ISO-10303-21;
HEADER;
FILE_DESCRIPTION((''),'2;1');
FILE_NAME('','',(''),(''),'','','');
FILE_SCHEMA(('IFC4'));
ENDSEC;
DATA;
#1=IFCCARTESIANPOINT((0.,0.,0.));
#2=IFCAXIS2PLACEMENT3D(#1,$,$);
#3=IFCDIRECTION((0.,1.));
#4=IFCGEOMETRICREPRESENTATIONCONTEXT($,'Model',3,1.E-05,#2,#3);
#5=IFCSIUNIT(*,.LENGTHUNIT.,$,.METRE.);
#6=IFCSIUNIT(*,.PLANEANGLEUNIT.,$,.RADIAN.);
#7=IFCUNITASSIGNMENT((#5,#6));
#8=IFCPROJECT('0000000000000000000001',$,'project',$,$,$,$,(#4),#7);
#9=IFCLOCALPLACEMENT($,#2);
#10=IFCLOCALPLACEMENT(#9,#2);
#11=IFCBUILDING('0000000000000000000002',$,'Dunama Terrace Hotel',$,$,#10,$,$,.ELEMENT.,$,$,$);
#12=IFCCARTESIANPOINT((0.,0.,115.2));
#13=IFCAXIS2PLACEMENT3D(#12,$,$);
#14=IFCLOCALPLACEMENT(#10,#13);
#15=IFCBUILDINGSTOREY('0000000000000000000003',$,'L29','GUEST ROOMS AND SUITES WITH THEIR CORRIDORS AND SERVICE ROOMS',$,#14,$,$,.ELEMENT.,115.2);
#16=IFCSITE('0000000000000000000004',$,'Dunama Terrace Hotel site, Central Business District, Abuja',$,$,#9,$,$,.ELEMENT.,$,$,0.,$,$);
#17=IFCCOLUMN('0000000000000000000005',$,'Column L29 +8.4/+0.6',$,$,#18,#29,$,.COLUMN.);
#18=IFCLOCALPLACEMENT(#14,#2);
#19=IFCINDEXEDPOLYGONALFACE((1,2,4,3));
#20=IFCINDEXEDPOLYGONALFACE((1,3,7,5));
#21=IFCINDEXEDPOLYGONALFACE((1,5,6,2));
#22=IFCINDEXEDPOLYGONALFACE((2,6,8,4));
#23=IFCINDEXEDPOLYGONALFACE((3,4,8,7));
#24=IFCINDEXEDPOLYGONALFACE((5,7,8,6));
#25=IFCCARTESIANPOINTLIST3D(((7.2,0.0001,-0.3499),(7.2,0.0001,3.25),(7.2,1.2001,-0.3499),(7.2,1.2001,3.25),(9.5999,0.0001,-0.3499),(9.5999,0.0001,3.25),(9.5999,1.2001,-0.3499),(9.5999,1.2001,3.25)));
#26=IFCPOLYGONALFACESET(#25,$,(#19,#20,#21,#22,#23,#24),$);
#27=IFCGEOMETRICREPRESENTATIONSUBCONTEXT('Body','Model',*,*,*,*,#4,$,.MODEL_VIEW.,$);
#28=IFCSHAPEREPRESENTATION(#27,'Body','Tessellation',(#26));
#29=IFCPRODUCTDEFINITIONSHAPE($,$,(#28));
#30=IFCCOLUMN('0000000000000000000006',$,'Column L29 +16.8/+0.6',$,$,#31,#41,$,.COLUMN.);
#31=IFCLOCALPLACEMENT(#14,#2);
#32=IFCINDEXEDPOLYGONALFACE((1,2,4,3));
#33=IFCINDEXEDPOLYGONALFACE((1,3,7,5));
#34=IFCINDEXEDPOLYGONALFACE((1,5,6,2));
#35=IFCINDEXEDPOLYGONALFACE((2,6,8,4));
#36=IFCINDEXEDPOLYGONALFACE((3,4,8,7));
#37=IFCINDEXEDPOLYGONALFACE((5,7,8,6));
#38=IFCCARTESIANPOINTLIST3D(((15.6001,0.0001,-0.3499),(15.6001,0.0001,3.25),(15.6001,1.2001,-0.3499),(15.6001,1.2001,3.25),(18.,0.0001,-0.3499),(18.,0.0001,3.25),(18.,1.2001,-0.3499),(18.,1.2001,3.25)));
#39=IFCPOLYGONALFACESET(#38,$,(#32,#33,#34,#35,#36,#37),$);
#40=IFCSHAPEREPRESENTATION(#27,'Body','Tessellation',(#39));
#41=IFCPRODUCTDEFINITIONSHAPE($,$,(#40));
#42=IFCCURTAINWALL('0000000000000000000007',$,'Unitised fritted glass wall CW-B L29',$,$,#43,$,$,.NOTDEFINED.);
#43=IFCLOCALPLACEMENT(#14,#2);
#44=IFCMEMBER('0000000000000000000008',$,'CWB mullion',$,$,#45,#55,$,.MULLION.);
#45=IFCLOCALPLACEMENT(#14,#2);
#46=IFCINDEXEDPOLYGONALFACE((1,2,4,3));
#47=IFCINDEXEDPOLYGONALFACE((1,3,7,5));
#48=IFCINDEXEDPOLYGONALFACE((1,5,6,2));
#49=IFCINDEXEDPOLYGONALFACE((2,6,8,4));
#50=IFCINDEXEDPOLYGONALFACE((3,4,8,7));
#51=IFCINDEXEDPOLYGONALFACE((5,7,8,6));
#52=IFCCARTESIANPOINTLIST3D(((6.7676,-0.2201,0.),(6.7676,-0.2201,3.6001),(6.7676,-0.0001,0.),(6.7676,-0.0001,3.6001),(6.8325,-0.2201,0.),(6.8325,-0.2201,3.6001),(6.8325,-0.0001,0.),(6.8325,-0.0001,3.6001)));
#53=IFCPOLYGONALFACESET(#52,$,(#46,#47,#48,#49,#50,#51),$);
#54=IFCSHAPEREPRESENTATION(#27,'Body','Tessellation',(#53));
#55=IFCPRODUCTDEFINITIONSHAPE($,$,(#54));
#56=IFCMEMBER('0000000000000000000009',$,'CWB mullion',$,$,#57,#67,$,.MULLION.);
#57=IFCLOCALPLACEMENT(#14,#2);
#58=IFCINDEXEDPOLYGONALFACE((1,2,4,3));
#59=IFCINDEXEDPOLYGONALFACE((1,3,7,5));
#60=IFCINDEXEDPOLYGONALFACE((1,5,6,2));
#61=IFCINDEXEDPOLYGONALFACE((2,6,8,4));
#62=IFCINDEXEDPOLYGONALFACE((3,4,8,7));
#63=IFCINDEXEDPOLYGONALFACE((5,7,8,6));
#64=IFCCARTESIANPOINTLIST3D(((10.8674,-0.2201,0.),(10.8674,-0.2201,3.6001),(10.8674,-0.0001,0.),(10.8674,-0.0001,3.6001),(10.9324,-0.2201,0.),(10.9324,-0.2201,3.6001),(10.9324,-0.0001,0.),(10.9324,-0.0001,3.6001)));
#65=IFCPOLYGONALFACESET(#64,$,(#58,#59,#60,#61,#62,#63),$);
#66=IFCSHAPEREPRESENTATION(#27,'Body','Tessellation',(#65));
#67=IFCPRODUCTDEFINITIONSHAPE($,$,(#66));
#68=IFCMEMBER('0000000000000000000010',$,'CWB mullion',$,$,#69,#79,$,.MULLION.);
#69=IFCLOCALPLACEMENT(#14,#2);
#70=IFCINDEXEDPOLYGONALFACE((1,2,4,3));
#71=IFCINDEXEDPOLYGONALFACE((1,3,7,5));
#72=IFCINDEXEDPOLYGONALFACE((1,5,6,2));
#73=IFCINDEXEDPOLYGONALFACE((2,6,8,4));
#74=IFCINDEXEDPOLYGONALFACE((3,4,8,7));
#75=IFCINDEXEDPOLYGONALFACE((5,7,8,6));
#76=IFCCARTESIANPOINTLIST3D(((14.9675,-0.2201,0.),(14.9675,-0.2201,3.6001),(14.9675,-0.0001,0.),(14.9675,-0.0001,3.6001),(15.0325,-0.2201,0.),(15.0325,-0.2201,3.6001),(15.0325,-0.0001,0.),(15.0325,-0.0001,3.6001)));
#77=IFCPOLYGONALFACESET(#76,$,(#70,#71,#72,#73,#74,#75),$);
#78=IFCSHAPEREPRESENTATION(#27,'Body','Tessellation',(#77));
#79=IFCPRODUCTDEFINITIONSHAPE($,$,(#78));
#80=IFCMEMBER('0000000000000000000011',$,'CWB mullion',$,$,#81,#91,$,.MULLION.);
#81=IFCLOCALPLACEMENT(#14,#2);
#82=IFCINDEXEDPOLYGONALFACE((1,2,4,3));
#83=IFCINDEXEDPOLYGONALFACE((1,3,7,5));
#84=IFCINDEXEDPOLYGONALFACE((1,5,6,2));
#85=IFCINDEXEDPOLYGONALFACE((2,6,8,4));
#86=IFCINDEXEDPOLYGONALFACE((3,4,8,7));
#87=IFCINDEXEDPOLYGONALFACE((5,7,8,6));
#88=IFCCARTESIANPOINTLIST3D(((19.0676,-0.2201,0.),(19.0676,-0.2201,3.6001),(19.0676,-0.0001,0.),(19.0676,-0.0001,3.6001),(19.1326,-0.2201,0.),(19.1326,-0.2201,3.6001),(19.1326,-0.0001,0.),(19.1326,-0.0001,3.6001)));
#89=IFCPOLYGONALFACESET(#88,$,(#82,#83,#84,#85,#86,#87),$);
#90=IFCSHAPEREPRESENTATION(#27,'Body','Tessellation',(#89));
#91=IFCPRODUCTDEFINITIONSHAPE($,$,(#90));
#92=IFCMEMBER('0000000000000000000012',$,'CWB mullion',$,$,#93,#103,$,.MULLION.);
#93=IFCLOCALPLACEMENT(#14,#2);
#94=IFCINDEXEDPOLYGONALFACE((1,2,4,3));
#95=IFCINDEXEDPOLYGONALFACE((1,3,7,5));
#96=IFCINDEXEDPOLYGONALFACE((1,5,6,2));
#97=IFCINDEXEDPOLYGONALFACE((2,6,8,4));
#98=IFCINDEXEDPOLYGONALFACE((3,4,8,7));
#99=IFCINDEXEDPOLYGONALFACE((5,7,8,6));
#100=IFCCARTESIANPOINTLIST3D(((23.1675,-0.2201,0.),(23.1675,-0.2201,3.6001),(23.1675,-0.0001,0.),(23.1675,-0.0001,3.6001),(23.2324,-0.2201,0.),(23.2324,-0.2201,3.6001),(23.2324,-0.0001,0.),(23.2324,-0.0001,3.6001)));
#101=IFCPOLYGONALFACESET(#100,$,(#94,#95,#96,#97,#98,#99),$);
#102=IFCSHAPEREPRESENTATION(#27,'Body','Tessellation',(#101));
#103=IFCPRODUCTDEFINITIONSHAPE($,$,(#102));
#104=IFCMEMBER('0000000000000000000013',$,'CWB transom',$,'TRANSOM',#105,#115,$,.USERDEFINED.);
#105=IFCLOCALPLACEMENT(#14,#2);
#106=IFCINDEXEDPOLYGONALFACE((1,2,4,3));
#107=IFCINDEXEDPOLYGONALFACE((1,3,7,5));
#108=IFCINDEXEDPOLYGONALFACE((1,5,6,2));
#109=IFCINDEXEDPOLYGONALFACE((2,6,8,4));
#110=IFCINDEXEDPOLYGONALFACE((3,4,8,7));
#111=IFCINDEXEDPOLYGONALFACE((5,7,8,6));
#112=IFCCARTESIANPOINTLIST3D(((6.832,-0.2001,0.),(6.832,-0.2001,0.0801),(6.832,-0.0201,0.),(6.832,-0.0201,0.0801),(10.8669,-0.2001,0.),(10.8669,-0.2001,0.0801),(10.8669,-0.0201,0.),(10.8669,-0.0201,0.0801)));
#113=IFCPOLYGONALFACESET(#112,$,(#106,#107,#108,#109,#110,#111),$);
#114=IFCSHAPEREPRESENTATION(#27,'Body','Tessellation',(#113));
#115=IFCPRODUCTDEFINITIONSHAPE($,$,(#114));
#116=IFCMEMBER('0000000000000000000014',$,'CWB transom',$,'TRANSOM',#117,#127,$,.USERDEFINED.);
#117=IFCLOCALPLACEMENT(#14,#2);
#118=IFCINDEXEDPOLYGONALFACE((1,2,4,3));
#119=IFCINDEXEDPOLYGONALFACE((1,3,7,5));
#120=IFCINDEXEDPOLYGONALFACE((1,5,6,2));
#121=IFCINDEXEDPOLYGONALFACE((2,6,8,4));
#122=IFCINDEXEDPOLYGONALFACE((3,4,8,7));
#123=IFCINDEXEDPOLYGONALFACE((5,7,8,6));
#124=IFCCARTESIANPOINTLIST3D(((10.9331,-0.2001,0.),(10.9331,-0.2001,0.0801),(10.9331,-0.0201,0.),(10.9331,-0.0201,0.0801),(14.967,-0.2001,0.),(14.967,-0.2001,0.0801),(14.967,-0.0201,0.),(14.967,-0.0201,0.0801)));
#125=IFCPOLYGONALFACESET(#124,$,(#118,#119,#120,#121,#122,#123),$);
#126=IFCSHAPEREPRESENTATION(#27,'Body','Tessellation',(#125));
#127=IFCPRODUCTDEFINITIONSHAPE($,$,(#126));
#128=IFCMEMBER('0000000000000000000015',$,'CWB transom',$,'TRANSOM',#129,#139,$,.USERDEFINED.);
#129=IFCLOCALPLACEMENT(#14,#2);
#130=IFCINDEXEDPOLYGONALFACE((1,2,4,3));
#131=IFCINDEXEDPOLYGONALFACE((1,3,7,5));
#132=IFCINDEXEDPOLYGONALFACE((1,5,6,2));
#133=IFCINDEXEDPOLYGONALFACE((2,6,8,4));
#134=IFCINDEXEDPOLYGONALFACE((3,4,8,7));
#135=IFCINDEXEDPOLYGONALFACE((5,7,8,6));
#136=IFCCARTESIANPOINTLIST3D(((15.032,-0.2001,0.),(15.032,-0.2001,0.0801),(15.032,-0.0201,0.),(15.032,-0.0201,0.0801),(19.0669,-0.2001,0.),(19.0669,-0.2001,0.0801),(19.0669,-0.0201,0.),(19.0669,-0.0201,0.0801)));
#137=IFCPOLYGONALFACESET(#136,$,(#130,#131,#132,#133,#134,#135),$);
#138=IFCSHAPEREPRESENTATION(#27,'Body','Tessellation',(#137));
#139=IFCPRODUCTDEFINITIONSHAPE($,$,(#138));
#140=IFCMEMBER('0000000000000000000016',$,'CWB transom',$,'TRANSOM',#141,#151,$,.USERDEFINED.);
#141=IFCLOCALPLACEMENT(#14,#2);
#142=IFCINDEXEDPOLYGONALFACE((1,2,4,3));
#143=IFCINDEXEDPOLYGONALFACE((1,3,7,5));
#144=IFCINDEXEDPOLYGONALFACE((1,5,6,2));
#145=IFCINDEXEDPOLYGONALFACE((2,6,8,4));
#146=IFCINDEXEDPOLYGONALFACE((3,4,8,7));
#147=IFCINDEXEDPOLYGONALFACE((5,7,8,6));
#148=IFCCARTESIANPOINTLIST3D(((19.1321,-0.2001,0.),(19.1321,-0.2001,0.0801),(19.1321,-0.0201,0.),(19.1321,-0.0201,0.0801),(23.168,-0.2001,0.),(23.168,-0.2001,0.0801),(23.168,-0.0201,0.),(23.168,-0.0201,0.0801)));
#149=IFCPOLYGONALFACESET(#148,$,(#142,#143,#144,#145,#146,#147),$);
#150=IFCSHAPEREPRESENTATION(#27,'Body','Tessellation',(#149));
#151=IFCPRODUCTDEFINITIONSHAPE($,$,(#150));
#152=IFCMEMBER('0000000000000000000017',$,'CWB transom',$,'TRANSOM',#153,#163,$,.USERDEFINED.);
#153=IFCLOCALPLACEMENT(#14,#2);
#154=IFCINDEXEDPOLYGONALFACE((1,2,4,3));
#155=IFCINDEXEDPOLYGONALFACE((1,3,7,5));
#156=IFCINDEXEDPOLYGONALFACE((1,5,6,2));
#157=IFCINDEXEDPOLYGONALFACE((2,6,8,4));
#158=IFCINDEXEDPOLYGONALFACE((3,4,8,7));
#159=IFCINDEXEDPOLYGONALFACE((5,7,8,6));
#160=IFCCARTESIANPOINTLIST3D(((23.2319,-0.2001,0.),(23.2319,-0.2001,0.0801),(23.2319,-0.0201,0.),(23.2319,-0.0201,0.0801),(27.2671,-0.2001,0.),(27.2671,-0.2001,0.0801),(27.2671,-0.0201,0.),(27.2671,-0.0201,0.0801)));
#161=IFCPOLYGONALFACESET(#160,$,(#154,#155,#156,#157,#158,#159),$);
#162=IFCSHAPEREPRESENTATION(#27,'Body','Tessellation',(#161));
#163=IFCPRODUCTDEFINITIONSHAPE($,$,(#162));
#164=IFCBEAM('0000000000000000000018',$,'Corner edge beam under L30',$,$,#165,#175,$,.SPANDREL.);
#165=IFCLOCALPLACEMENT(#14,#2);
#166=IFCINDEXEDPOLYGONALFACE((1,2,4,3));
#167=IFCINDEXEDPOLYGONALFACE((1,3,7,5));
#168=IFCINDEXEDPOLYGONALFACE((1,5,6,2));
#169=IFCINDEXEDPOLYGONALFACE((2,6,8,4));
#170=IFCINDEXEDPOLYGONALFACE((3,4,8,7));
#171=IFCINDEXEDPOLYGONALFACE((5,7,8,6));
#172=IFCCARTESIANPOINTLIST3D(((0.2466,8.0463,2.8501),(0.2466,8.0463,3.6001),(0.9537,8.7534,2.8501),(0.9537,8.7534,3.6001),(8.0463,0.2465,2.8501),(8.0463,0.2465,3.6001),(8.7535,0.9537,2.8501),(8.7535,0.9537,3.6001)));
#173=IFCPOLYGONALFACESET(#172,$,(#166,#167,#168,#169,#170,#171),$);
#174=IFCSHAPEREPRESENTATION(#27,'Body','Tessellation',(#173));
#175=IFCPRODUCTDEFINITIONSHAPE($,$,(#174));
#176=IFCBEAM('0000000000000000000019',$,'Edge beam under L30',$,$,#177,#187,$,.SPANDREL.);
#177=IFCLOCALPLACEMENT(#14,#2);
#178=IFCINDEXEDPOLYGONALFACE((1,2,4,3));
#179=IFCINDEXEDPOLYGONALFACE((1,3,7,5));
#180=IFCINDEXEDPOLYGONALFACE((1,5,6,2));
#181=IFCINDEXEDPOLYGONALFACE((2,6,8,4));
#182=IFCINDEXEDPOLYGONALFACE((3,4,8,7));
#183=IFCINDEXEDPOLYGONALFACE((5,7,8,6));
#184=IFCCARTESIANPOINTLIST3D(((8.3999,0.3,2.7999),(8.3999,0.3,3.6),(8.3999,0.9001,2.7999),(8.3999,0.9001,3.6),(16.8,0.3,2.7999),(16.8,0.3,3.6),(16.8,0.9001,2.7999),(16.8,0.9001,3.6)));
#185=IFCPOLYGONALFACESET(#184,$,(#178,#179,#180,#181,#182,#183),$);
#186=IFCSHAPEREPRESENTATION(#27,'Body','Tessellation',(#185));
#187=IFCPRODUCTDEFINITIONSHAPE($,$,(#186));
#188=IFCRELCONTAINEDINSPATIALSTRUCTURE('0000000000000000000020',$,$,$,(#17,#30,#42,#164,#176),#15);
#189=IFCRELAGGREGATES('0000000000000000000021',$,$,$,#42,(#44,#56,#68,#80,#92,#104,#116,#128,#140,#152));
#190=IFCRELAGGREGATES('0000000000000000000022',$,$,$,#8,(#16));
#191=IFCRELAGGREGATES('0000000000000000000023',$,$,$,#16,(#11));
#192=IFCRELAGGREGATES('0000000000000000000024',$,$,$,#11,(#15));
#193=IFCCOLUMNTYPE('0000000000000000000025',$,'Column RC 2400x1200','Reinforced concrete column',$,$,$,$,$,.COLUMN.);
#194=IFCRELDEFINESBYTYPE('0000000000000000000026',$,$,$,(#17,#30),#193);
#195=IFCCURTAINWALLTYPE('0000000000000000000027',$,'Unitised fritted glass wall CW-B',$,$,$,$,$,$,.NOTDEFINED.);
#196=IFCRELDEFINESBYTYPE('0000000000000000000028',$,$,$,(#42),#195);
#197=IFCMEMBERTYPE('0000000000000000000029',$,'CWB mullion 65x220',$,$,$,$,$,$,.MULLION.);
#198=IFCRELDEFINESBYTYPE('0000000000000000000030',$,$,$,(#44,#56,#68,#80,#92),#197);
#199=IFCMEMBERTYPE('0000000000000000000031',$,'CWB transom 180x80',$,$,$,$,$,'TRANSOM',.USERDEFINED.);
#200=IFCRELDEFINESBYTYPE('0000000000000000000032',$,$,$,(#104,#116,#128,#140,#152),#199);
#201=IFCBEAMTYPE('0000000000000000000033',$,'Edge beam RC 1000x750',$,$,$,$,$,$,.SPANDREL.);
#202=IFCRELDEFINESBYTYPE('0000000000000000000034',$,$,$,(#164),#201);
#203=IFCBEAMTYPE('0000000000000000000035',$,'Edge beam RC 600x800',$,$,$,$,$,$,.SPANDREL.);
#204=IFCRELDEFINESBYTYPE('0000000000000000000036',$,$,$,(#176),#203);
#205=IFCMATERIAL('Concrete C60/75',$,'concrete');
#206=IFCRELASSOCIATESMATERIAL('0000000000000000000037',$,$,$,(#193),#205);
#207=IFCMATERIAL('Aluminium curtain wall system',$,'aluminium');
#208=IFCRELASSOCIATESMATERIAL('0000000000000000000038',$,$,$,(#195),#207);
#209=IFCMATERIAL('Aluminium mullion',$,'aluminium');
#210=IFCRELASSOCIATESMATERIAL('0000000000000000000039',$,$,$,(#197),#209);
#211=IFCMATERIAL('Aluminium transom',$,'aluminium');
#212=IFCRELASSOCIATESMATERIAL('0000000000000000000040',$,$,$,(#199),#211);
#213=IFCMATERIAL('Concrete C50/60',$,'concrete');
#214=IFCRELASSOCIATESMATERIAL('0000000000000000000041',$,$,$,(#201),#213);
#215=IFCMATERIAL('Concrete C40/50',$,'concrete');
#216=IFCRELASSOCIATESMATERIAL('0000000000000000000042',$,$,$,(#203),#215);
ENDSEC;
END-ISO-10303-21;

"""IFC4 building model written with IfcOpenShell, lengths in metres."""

from ifc_helpers import new_model, si_unit, direction, frame, origin, origin_2d, place, context, subcontext, project, spatial, rectangle, extrude, material, material_profile, profile_set, type_object, element, aggregate, save


model = new_model("IFC4")

# Units and contexts
model_context = context("Model", 3, precision=1e-05, world=origin(), true_north=direction((0.0, 1.0)))
body_context = subcontext(model_context, "Body", "Model", "MODEL_VIEW")
ifc_project = project(units=[si_unit("LENGTHUNIT", "METRE"), si_unit("PLANEANGLEUNIT", "RADIAN")], contexts=[model_context])

# Site, building, storey
site_placement = place(None, origin())
site = spatial("IfcSite", under=ifc_project, at=site_placement, Name="Dunama Terrace Hotel site, Central Business District, Abuja", CompositionType="ELEMENT", RefElevation=0.0)
building_placement = place(site_placement, origin())
building = spatial("IfcBuilding", under=site, at=building_placement, Name="Dunama Terrace Hotel", CompositionType="ELEMENT")
storey_placement = place(building_placement, frame((0.0, 0.0, 115.2)))
storey = spatial("IfcBuildingStorey", under=building, at=storey_placement, Name="L29", Description="GUEST ROOMS AND SUITES WITH THEIR CORRIDORS AND SERVICE ROOMS", CompositionType="ELEMENT", Elevation=115.2)

# Columns
ifc_material_1 = material(Name="Concrete C60/75", Category="concrete")
ifc_material_profile_1 = material_profile(ifc_material_1, rectangle(XDim=2.3999, YDim=1.2, at=origin_2d()), Name="RC 2400x1200")
ifc_profile_set_1 = profile_set([ifc_material_profile_1], Name="Concrete C60/75")
column_type = type_object("IfcColumnType", Name="Column RC 2400x1200", Description="Reinforced concrete column", PredefinedType="COLUMN", material=ifc_profile_set_1)
for number, where, z_axis, x_axis, name in (
    (1, (8.3999, 0.6001, -0.3499), (0.0, 0.0, 1.0), (1.0, 0.0, 0.0), "Column L29 +8.4/+0.6"),
    (2, (16.8, 0.6001, -0.3499), (0.0, 0.0, 1.0), (1.0, 0.0, 0.0), "Column L29 +16.8/+0.6"),
):
    element("IfcColumn", number, at=place(storey_placement, frame(where, z_axis=z_axis, x_axis=x_axis)), inside=storey, type_object=column_type, Name=name, PredefinedType="COLUMN", context=body_context, shape_type="SweptSolid", body=[
        extrude(rectangle(XDim=2.3999, YDim=1.2, at=origin_2d()), origin(), (0.0, 0.0, 1.0), 3.5999),
    ])

# Curtain wall, members
ifc_material_2 = material(Name="Aluminium curtain wall system", Category="aluminium")
curtain_wall_type = type_object("IfcCurtainWallType", Name="Unitised fritted glass wall CW-B", PredefinedType="NOTDEFINED", material=ifc_material_2)
curtain_wall_placement = place(storey_placement, origin())
curtain_wall = element("IfcCurtainWall", 3, at=curtain_wall_placement, inside=storey, type_object=curtain_wall_type, Name="Unitised fritted glass wall CW-B L29", PredefinedType="NOTDEFINED")
ifc_material_3 = material(Name="Aluminium mullion", Category="aluminium")
ifc_material_profile_2 = material_profile(ifc_material_3, rectangle(XDim=0.0649, YDim=0.22, at=origin_2d()), Name="CWB MULLION 65X220")
ifc_profile_set_2 = profile_set([ifc_material_profile_2], Name="Aluminium mullion")
member_type_1 = type_object("IfcMemberType", Name="CWB mullion 65x220", PredefinedType="MULLION", material=ifc_profile_set_2)
member_1_placement = place(storey_placement, frame((6.8, -0.1101, 0.0), z_axis=(0.0, 0.0, 1.0), x_axis=(1.0, 0.0, 0.0)))
member_1 = element("IfcMember", 4, at=member_1_placement, type_object=member_type_1, Name="CWB mullion", PredefinedType="MULLION", context=body_context, shape_type="SweptSolid", body=[
    extrude(rectangle(XDim=0.0649, YDim=0.22, at=origin_2d()), origin(), (0.0, 0.0, 1.0), 3.6001),
])
member_2_placement = place(storey_placement, frame((10.8999, -0.1101, 0.0), z_axis=(0.0, 0.0, 1.0), x_axis=(1.0, 0.0, 0.0)))
member_2 = element("IfcMember", 5, at=member_2_placement, type_object=member_type_1, Name="CWB mullion", PredefinedType="MULLION", context=body_context, shape_type="SweptSolid", body=[
    extrude(rectangle(XDim=0.0649, YDim=0.22, at=origin_2d()), origin(), (0.0, 0.0, 1.0), 3.6001),
])
member_3_placement = place(storey_placement, frame((15.0, -0.1101, 0.0), z_axis=(0.0, 0.0, 1.0), x_axis=(1.0, 0.0, 0.0)))
member_3 = element("IfcMember", 6, at=member_3_placement, type_object=member_type_1, Name="CWB mullion", PredefinedType="MULLION", context=body_context, shape_type="SweptSolid", body=[
    extrude(rectangle(XDim=0.0649, YDim=0.22, at=origin_2d()), origin(), (0.0, 0.0, 1.0), 3.6001),
])
member_4_placement = place(storey_placement, frame((19.1001, -0.1101, 0.0), z_axis=(0.0, 0.0, 1.0), x_axis=(1.0, 0.0, 0.0)))
member_4 = element("IfcMember", 7, at=member_4_placement, type_object=member_type_1, Name="CWB mullion", PredefinedType="MULLION", context=body_context, shape_type="SweptSolid", body=[
    extrude(rectangle(XDim=0.0649, YDim=0.22, at=origin_2d()), origin(), (0.0, 0.0, 1.0), 3.6001),
])
member_5_placement = place(storey_placement, frame((23.2, -0.1101, 0.0), z_axis=(0.0, 0.0, 1.0), x_axis=(1.0, 0.0, 0.0)))
member_5 = element("IfcMember", 8, at=member_5_placement, type_object=member_type_1, Name="CWB mullion", PredefinedType="MULLION", context=body_context, shape_type="SweptSolid", body=[
    extrude(rectangle(XDim=0.0649, YDim=0.22, at=origin_2d()), origin(), (0.0, 0.0, 1.0), 3.6001),
])
ifc_material_4 = material(Name="Aluminium transom", Category="aluminium")
ifc_material_profile_3 = material_profile(ifc_material_4, rectangle(XDim=0.1799, YDim=0.0801, at=origin_2d()), Name="CWB TRANSOM 180X80")
ifc_profile_set_3 = profile_set([ifc_material_profile_3], Name="Aluminium transom")
member_type_2 = type_object("IfcMemberType", Name="CWB transom 180x80", ElementType="TRANSOM", PredefinedType="USERDEFINED", material=ifc_profile_set_3)
member_6_placement = place(storey_placement, frame((6.832, -0.1101, 0.04), z_axis=(1.0, 0.0, 0.0), x_axis=(0.0, 1.0, 0.0)))
member_6 = element("IfcMember", 9, at=member_6_placement, type_object=member_type_2, Name="CWB transom", ObjectType="TRANSOM", PredefinedType="USERDEFINED", context=body_context, shape_type="SweptSolid", body=[
    extrude(rectangle(XDim=0.1799, YDim=0.0801, at=origin_2d()), origin(), (0.0, 0.0, 1.0), 4.0349),
])
member_7_placement = place(storey_placement, frame((10.9331, -0.1101, 0.04), z_axis=(1.0, 0.0, 0.0), x_axis=(0.0, 1.0, 0.0)))
member_7 = element("IfcMember", 10, at=member_7_placement, type_object=member_type_2, Name="CWB transom", ObjectType="TRANSOM", PredefinedType="USERDEFINED", context=body_context, shape_type="SweptSolid", body=[
    extrude(rectangle(XDim=0.1799, YDim=0.0801, at=origin_2d()), origin(), (0.0, 0.0, 1.0), 4.0339),
])
member_8_placement = place(storey_placement, frame((15.032, -0.1101, 0.04), z_axis=(1.0, 0.0, 0.0), x_axis=(0.0, 1.0, 0.0)))
member_8 = element("IfcMember", 11, at=member_8_placement, type_object=member_type_2, Name="CWB transom", ObjectType="TRANSOM", PredefinedType="USERDEFINED", context=body_context, shape_type="SweptSolid", body=[
    extrude(rectangle(XDim=0.1799, YDim=0.0801, at=origin_2d()), origin(), (0.0, 0.0, 1.0), 4.0349),
])
member_9_placement = place(storey_placement, frame((19.1321, -0.1101, 0.04), z_axis=(1.0, 0.0, 0.0), x_axis=(0.0, 1.0, 0.0)))
member_9 = element("IfcMember", 12, at=member_9_placement, type_object=member_type_2, Name="CWB transom", ObjectType="TRANSOM", PredefinedType="USERDEFINED", context=body_context, shape_type="SweptSolid", body=[
    extrude(rectangle(XDim=0.1799, YDim=0.0801, at=origin_2d()), origin(), (0.0, 0.0, 1.0), 4.0359),
])
member_10_placement = place(storey_placement, frame((23.2319, -0.1101, 0.04), z_axis=(1.0, 0.0, 0.0), x_axis=(0.0, 1.0, 0.0)))
member_10 = element("IfcMember", 13, at=member_10_placement, type_object=member_type_2, Name="CWB transom", ObjectType="TRANSOM", PredefinedType="USERDEFINED", context=body_context, shape_type="SweptSolid", body=[
    extrude(rectangle(XDim=0.1799, YDim=0.0801, at=origin_2d()), origin(), (0.0, 0.0, 1.0), 4.0352),
])

# Beams
ifc_material_5 = material(Name="Concrete C50/60", Category="concrete")
ifc_material_profile_4 = material_profile(ifc_material_5, rectangle(XDim=1.0, YDim=0.75, at=origin_2d()), Name="RC 1000x750")
ifc_profile_set_4 = profile_set([ifc_material_profile_4], Name="Concrete C50/60")
beam_type_1 = type_object("IfcBeamType", Name="Edge beam RC 1000x750", PredefinedType="SPANDREL", material=ifc_profile_set_4)
beam_1_placement = place(storey_placement, frame((8.3999, 0.6001, 3.2251), z_axis=(-0.707107, 0.707107, 0.0), x_axis=(-0.707107, -0.707107, 0.0)))
element("IfcBeam", 14, at=beam_1_placement, inside=storey, type_object=beam_type_1, Name="Corner edge beam under L30", PredefinedType="SPANDREL", context=body_context, shape_type="SweptSolid", body=[
    extrude(rectangle(XDim=1.0, YDim=0.75, at=origin_2d()), origin(), (0.0, 0.0, 1.0), 11.0305),
])
ifc_material_6 = material(Name="Concrete C40/50", Category="concrete")
ifc_material_profile_5 = material_profile(ifc_material_6, rectangle(XDim=0.6001, YDim=0.8, at=origin_2d()), Name="RC 600x800")
ifc_profile_set_5 = profile_set([ifc_material_profile_5], Name="Concrete C40/50")
beam_type_2 = type_object("IfcBeamType", Name="Edge beam RC 600x800", PredefinedType="SPANDREL", material=ifc_profile_set_5)
beam_2_placement = place(storey_placement, frame((8.3999, 0.6001, 3.2), z_axis=(1.0, 0.0, 0.0), x_axis=(0.0, 1.0, 0.0)))
element("IfcBeam", 15, at=beam_2_placement, inside=storey, type_object=beam_type_2, Name="Edge beam under L30", PredefinedType="SPANDREL", context=body_context, shape_type="SweptSolid", body=[
    extrude(rectangle(XDim=0.6001, YDim=0.8, at=origin_2d()), origin(), (0.0, 0.0, 1.0), 8.4001),
])

aggregate(curtain_wall, [member_1, member_2, member_3, member_4, member_5, member_6, member_7, member_8, member_9, member_10])

save(model, "model.ifc")
